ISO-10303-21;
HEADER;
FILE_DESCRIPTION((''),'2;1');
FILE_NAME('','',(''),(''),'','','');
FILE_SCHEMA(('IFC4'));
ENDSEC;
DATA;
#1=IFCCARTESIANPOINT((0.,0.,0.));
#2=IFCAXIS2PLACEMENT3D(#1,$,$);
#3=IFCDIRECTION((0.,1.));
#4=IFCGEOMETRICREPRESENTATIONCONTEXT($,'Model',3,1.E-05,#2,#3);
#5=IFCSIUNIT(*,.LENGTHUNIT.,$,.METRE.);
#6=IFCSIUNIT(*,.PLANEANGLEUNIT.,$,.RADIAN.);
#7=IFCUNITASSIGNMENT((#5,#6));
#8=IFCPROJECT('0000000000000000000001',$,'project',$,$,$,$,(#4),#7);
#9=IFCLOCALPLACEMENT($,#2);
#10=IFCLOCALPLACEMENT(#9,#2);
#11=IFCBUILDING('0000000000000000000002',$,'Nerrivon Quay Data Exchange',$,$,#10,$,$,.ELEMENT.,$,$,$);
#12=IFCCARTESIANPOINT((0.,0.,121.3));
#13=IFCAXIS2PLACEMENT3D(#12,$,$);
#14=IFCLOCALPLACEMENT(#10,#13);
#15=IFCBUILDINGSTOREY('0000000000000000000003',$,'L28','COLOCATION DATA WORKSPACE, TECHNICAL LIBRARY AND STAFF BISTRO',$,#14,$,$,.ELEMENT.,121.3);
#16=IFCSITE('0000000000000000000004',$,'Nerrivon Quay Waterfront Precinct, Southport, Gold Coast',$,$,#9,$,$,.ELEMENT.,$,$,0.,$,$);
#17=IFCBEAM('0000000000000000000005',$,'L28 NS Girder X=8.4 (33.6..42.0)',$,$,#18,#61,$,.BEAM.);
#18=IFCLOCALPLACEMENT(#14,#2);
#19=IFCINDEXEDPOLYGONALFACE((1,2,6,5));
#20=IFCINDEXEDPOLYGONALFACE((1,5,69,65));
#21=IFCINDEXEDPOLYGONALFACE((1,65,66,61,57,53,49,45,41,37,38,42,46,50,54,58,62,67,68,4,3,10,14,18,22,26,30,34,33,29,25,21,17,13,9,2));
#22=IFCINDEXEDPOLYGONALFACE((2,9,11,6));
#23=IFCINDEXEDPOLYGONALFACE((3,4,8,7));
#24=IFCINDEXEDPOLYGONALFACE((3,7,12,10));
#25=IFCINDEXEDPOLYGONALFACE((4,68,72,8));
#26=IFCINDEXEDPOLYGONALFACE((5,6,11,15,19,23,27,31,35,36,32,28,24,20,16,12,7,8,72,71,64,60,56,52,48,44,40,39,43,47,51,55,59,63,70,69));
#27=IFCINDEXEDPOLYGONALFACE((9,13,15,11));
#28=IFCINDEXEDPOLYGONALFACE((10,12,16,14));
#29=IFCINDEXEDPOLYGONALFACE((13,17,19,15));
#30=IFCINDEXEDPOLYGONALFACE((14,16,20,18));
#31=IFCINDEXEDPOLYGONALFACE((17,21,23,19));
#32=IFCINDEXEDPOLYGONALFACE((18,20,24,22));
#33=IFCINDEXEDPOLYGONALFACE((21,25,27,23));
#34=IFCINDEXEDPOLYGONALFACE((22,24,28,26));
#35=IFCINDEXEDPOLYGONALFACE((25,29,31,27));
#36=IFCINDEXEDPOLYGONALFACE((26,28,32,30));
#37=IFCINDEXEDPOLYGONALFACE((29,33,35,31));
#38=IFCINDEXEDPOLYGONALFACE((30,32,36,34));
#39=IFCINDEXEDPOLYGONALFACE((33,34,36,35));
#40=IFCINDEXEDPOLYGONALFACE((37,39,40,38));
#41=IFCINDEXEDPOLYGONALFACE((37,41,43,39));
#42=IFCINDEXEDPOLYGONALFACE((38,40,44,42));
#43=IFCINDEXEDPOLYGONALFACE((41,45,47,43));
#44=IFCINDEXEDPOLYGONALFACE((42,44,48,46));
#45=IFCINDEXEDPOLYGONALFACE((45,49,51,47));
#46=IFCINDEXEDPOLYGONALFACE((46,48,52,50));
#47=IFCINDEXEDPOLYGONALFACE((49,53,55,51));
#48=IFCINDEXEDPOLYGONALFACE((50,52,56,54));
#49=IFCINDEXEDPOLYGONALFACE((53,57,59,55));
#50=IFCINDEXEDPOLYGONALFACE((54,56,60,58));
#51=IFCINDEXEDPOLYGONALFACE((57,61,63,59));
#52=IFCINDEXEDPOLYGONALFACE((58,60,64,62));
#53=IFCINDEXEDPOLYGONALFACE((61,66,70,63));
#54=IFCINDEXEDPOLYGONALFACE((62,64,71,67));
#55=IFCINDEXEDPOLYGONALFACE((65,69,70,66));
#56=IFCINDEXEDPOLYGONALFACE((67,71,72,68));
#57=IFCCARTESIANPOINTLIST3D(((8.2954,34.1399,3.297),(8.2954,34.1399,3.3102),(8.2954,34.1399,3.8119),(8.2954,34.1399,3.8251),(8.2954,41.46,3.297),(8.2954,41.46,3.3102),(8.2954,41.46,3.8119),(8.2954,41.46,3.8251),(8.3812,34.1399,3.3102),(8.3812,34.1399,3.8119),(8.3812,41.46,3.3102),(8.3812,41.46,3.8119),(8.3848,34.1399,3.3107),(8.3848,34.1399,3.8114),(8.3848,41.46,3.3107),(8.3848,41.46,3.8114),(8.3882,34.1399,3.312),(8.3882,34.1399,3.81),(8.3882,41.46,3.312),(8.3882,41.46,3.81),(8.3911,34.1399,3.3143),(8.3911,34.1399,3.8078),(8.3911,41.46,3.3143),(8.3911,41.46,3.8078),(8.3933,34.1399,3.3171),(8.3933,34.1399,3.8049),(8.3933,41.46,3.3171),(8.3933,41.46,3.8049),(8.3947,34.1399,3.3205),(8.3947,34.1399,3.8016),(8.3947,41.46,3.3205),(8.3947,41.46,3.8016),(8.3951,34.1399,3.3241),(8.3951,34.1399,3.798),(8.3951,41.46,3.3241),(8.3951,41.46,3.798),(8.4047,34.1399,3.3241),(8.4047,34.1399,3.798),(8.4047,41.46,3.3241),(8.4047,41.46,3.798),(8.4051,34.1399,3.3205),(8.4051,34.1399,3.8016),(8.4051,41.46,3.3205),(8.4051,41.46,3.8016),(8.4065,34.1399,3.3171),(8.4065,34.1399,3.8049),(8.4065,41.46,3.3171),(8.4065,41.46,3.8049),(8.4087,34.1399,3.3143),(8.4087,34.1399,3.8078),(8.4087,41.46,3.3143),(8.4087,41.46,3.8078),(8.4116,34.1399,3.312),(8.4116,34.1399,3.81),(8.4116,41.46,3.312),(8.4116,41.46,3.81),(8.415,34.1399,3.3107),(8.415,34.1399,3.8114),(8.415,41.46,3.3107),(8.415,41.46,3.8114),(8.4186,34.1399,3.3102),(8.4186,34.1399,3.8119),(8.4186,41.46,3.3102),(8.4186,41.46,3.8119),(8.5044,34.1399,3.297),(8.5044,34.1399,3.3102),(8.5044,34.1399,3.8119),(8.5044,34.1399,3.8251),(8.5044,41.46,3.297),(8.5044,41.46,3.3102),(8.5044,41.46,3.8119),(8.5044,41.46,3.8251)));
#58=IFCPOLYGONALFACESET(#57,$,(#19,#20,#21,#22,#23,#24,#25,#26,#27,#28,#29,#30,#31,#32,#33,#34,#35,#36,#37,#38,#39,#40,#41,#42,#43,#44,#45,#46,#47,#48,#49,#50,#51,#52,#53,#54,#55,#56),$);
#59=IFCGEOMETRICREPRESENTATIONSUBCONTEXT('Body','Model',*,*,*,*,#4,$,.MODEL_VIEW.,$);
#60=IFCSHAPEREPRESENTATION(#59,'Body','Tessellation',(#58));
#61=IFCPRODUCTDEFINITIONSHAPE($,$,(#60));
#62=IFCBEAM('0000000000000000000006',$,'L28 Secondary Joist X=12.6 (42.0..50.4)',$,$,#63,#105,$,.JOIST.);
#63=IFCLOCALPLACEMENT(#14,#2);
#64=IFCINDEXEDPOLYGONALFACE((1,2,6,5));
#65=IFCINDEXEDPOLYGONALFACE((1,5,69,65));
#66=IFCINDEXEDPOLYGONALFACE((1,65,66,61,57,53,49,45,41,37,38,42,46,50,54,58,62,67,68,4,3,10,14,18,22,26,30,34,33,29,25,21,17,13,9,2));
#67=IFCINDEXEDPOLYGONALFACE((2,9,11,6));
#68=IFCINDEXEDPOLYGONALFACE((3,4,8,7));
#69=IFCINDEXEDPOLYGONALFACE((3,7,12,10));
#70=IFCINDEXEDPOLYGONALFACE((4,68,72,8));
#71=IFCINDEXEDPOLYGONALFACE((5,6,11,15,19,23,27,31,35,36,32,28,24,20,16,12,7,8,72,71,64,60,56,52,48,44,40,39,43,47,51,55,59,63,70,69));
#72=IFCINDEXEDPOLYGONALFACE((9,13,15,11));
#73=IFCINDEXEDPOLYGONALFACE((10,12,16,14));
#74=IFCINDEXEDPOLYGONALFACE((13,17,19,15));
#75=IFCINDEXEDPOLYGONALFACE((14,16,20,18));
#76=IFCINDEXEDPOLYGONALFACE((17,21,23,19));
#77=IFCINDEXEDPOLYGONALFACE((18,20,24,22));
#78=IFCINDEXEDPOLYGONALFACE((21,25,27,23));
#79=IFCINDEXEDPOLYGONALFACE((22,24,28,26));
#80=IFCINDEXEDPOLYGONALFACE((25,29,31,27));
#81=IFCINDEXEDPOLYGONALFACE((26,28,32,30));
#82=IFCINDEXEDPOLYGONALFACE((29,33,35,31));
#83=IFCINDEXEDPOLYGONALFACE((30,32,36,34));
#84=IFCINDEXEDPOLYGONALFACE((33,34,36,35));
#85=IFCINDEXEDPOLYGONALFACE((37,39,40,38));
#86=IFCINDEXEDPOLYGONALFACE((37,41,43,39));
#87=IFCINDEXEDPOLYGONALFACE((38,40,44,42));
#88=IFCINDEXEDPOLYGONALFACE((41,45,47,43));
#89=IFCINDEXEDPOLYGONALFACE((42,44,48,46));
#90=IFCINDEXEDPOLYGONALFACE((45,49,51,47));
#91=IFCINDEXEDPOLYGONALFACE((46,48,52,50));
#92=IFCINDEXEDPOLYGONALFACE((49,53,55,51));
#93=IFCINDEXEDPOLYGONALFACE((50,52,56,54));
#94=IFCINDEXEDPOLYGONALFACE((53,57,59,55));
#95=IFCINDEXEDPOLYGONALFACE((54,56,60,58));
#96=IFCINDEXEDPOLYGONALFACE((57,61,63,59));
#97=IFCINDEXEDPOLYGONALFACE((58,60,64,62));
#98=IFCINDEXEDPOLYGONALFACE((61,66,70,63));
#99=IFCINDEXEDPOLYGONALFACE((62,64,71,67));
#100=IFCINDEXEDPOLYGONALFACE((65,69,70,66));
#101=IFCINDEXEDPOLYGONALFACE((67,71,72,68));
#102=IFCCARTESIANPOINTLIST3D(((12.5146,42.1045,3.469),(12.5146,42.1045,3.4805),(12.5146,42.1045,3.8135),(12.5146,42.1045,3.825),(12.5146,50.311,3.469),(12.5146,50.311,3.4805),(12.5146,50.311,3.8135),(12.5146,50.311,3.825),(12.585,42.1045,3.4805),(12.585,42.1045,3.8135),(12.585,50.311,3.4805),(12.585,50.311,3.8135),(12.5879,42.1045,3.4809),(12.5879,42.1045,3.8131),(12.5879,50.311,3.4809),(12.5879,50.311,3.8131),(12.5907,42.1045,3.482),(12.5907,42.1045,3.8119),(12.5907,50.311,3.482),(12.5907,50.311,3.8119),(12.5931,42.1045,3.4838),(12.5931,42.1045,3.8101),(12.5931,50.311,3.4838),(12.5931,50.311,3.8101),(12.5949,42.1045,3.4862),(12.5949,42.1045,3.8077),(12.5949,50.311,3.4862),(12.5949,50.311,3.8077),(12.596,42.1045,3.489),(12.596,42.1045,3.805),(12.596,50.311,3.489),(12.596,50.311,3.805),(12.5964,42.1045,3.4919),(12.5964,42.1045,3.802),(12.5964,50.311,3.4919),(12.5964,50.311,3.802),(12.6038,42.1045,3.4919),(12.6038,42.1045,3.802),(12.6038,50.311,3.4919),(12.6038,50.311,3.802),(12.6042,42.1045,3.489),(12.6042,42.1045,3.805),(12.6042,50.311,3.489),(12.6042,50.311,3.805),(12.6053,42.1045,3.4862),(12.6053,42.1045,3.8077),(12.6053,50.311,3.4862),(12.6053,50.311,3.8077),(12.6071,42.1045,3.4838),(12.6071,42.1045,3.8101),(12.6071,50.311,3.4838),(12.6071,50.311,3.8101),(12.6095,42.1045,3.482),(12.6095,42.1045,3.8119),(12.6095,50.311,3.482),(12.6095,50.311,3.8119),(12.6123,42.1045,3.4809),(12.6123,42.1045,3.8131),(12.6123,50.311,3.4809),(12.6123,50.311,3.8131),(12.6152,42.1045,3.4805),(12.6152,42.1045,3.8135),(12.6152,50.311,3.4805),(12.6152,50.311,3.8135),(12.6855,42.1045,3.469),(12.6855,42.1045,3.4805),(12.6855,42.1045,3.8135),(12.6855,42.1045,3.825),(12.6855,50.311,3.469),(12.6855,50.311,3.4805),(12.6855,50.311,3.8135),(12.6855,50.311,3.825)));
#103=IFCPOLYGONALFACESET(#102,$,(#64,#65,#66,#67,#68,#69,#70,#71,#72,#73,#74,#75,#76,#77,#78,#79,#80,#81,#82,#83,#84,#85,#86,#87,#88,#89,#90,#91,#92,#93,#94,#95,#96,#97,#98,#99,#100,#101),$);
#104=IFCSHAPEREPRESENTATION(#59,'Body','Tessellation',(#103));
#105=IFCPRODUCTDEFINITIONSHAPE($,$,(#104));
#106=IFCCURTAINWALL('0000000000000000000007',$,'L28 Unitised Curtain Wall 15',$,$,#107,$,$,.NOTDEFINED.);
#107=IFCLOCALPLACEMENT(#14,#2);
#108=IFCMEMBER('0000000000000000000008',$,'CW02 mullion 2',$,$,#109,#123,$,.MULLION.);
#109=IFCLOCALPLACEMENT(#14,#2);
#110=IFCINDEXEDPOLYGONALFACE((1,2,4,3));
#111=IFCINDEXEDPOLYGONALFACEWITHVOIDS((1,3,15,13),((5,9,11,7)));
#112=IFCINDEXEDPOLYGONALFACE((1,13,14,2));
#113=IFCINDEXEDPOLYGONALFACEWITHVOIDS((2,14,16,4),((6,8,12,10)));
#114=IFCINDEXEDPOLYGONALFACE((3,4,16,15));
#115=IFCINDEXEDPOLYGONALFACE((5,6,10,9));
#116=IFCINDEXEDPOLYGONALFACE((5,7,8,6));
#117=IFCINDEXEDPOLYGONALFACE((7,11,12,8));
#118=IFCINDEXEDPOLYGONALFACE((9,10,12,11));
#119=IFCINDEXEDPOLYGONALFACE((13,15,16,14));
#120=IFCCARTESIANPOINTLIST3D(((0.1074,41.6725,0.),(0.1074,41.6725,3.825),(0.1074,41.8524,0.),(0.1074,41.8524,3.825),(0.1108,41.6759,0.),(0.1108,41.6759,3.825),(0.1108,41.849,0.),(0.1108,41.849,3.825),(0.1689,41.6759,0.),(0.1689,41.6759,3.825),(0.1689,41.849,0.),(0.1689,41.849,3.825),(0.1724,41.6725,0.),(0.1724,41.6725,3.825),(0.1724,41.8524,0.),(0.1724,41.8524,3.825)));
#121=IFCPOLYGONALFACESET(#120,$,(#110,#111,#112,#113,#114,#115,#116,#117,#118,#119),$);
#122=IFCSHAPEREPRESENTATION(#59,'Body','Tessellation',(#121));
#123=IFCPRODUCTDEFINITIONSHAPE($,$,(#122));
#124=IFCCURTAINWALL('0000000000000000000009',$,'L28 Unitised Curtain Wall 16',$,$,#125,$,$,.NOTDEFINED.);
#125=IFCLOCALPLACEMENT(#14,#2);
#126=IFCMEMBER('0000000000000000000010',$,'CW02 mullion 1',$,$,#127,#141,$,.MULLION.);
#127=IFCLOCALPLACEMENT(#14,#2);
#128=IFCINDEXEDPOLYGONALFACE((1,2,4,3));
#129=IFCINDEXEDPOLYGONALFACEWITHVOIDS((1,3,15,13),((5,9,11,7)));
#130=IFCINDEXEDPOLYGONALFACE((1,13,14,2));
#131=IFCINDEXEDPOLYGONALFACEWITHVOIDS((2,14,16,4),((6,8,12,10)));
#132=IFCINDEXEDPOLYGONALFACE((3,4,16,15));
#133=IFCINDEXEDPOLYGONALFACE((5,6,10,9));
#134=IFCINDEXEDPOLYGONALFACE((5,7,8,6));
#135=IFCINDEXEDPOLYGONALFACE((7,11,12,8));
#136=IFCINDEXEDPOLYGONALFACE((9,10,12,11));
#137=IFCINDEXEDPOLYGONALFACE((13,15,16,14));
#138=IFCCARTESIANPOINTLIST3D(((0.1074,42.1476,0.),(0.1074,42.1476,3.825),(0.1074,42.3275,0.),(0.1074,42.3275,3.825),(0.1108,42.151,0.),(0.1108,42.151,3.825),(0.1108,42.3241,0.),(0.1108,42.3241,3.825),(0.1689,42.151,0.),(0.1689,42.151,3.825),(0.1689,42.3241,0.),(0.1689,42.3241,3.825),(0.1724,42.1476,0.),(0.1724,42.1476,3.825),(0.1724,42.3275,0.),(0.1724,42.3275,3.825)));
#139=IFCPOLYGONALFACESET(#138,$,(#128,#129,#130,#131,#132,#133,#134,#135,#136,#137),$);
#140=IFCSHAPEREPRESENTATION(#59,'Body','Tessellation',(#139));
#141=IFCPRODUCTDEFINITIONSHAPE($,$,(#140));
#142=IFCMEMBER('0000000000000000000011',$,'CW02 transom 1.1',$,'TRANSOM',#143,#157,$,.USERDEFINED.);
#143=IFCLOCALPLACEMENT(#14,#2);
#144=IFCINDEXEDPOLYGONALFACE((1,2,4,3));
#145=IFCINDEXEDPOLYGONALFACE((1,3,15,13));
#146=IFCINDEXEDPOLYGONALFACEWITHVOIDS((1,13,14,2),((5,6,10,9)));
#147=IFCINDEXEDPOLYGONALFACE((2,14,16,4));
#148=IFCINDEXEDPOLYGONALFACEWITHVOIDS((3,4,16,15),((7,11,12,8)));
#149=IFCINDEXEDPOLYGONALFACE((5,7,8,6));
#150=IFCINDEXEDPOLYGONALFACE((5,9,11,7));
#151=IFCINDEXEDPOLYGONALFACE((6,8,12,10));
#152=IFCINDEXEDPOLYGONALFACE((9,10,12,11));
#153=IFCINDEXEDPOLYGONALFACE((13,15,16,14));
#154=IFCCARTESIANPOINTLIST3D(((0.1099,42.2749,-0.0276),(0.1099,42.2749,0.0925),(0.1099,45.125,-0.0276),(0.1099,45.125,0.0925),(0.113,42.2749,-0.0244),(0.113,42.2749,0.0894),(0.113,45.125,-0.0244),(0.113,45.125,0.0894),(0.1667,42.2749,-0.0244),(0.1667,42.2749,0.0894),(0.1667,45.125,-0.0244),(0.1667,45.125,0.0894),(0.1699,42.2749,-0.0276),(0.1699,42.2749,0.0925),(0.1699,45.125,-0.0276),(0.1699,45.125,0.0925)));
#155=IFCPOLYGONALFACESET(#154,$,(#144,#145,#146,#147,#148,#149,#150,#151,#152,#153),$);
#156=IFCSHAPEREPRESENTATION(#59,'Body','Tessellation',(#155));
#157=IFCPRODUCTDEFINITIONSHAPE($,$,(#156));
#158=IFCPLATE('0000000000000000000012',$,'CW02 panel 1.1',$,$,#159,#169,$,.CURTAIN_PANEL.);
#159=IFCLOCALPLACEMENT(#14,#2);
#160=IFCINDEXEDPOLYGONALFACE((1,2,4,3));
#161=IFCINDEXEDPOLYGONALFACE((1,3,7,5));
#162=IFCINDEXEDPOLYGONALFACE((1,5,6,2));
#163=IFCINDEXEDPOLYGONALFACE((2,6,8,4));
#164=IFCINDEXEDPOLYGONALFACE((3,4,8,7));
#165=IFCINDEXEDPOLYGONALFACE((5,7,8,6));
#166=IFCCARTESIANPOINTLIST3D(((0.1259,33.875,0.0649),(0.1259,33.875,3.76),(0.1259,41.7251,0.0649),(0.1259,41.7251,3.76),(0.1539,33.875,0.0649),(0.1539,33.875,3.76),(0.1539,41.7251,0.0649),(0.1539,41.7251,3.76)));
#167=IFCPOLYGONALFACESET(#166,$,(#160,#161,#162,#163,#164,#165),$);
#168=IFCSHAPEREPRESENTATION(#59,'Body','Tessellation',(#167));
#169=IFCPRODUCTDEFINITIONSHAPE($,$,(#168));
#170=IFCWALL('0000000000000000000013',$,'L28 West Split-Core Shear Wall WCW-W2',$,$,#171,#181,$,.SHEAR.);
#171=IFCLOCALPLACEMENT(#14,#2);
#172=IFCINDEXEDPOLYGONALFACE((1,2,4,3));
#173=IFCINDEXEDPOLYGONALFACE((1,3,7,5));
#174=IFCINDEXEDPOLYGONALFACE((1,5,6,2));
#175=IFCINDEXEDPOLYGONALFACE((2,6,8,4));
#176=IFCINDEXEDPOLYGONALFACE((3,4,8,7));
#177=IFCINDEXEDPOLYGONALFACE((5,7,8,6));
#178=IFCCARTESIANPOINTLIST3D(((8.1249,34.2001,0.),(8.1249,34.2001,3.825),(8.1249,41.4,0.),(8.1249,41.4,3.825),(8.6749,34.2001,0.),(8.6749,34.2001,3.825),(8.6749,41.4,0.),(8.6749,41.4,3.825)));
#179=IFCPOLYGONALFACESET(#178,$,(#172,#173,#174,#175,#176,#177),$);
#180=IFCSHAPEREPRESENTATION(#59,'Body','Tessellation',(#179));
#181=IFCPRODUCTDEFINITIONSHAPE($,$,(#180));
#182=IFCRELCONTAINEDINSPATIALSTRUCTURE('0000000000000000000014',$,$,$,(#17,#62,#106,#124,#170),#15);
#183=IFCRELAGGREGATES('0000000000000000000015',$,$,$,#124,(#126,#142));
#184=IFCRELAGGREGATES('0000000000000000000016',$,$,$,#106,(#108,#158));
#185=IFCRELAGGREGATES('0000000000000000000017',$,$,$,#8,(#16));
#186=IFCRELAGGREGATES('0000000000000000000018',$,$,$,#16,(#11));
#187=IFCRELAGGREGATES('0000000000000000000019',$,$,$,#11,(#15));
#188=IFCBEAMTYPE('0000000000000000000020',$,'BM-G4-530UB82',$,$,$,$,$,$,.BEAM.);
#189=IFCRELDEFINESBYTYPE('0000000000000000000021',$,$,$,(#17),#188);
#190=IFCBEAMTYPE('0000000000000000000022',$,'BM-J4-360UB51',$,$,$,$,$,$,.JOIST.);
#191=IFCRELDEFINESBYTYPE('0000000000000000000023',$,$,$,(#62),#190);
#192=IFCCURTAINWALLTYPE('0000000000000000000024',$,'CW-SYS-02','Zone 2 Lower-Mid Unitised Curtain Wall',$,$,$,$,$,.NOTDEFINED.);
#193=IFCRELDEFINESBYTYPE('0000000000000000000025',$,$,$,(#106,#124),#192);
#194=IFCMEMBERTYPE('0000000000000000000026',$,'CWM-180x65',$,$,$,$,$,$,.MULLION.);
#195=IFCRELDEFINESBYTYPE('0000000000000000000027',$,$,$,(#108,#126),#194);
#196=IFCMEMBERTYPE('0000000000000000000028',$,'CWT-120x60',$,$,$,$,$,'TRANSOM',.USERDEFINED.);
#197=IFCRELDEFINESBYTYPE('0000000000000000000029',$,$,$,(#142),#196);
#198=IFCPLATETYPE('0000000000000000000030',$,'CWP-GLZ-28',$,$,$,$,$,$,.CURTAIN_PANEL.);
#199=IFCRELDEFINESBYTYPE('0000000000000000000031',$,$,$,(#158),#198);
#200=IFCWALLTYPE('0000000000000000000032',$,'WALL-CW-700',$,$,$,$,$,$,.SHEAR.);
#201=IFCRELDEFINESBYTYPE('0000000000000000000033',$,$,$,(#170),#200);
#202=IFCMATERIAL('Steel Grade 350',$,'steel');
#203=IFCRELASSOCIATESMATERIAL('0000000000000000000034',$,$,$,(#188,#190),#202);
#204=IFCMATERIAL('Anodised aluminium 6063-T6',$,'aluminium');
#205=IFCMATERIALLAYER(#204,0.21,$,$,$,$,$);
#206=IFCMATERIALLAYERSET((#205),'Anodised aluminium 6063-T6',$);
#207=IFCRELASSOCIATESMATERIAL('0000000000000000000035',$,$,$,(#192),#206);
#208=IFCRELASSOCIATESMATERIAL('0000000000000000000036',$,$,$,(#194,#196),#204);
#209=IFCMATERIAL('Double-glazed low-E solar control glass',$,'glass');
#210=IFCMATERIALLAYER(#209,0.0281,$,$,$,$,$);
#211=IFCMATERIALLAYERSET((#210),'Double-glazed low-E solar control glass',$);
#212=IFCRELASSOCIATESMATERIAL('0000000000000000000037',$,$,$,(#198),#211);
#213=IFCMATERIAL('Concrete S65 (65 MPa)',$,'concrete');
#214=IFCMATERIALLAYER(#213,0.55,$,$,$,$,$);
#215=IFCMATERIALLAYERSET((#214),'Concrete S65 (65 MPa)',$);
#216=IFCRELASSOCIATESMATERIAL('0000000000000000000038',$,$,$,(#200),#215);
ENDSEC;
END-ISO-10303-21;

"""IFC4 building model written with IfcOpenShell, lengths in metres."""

from ifc_helpers import new_model, si_unit, direction, frame, frame_2d, origin, origin_2d, place, context, subcontext, project, spatial, rectangle, hollow_rectangle, i_section, extrude, material, layer, layer_set, material_profile, profile_set, type_object, element, aggregate, save


model = new_model("IFC4")

# Units and contexts
model_context = context("Model", 3, precision=1e-05, world=origin(), true_north=direction((0.0, 1.0)))
body_context = subcontext(model_context, "Body", "Model", "MODEL_VIEW")
ifc_project = project(units=[si_unit("LENGTHUNIT", "METRE"), si_unit("PLANEANGLEUNIT", "RADIAN")], contexts=[model_context])

# Site, building, storey
site_placement = place(None, origin())
site = spatial("IfcSite", under=ifc_project, at=site_placement, Name="Nerrivon Quay Waterfront Precinct, Southport, Gold Coast", CompositionType="ELEMENT", RefElevation=0.0)
building_placement = place(site_placement, origin())
building = spatial("IfcBuilding", under=site, at=building_placement, Name="Nerrivon Quay Data Exchange", CompositionType="ELEMENT")
storey_placement = place(building_placement, frame((0.0, 0.0, 121.3)))
storey = spatial("IfcBuildingStorey", under=building, at=storey_placement, Name="L28", Description="COLOCATION DATA WORKSPACE, TECHNICAL LIBRARY AND STAFF BISTRO", CompositionType="ELEMENT", Elevation=121.3)

# Shared definitions
ifc_material_1 = material(Name="Concrete S65 (65 MPa)", Category="concrete")
ifc_material_2 = material(Name="Steel Grade 350", Category="steel")

# Beams
ifc_material_profile_1 = material_profile(ifc_material_2, i_section(OverallWidth=0.209, OverallDepth=0.5281, WebThickness=0.0095, FlangeThickness=0.0132, FilletRadius=0.0139, at=origin_2d()), Name="530UB82.0")
ifc_profile_set_1 = profile_set([ifc_material_profile_1], Name="Steel Grade 350")
beam_type_1 = type_object("IfcBeamType", Name="BM-G4-530UB82", PredefinedType="BEAM", material=ifc_profile_set_1)
beam_1_placement = place(storey_placement, frame((8.3999, 34.1399, 3.561), z_axis=(0.0, 1.0, 0.0), x_axis=(-1.0, 0.0, 0.0)))
element("IfcBeam", 1, at=beam_1_placement, inside=storey, type_object=beam_type_1, Name="L28 NS Girder X=8.4 (33.6..42.0)", PredefinedType="BEAM", context=body_context, shape_type="SweptSolid", body=[
    extrude(i_section(OverallWidth=0.209, OverallDepth=0.5281, WebThickness=0.0095, FlangeThickness=0.0132, FilletRadius=0.0139, at=origin_2d()), origin(), (0.0, 0.0, 1.0), 7.3201),
])
ifc_material_profile_2 = material_profile(ifc_material_2, i_section(OverallWidth=0.1709, OverallDepth=0.356, WebThickness=0.0073, FlangeThickness=0.0115, FilletRadius=0.0115, at=origin_2d()), Name="360UB50.7")
ifc_profile_set_2 = profile_set([ifc_material_profile_2], Name="Steel Grade 350")
beam_type_2 = type_object("IfcBeamType", Name="BM-J4-360UB51", PredefinedType="JOIST", material=ifc_profile_set_2)
beam_2_placement = place(storey_placement, frame((12.6001, 42.1045, 3.647), z_axis=(0.0, 1.0, 0.0), x_axis=(-1.0, 0.0, 0.0)))
element("IfcBeam", 2, at=beam_2_placement, inside=storey, type_object=beam_type_2, Name="L28 Secondary Joist X=12.6 (42.0..50.4)", PredefinedType="JOIST", context=body_context, shape_type="SweptSolid", body=[
    extrude(i_section(OverallWidth=0.1709, OverallDepth=0.356, WebThickness=0.0073, FlangeThickness=0.0115, FilletRadius=0.0115, at=origin_2d()), origin(), (0.0, 0.0, 1.0), 8.2065),
])

# Curtain wall, member
ifc_material_3 = material(Name="Anodised aluminium 6063-T6", Category="aluminium")
ifc_layer_1 = layer(ifc_material_3, 0.21)
ifc_layer_set_1 = layer_set([ifc_layer_1], Name="Anodised aluminium 6063-T6")
curtain_wall_type = type_object("IfcCurtainWallType", Name="CW-SYS-02", Description="Zone 2 Lower-Mid Unitised Curtain Wall", PredefinedType="NOTDEFINED", material=ifc_layer_set_1)
curtain_wall_1_placement = place(storey_placement, origin())
curtain_wall_1 = element("IfcCurtainWall", 3, at=curtain_wall_1_placement, inside=storey, type_object=curtain_wall_type, Name="L28 Unitised Curtain Wall 15", PredefinedType="NOTDEFINED")
ifc_material_profile_3 = material_profile(ifc_material_3, hollow_rectangle(XDim=0.0649, YDim=0.1799, WallThickness=0.0034, at=origin_2d()), Name="ALU-MULL-180x65")
ifc_profile_set_3 = profile_set([ifc_material_profile_3], Name="Anodised aluminium 6063-T6")
member_type_1 = type_object("IfcMemberType", Name="CWM-180x65", PredefinedType="MULLION", material=ifc_profile_set_3)
member_1_placement = place(storey_placement, frame((0.1399, 41.7625, 0.0), z_axis=(0.0, 0.0, 1.0), x_axis=(-1.0, 0.0, 0.0)))
member_1 = element("IfcMember", 4, at=member_1_placement, type_object=member_type_1, Name="CW02 mullion 2", PredefinedType="MULLION", context=body_context, shape_type="SweptSolid", body=[
    extrude(hollow_rectangle(XDim=0.0649, YDim=0.1799, WallThickness=0.0034, at=origin_2d()), origin(), (0.0, 0.0, 1.0), 3.825),
])

# Curtain wall, members
curtain_wall_2_placement = place(storey_placement, origin())
curtain_wall_2 = element("IfcCurtainWall", 5, at=curtain_wall_2_placement, inside=storey, type_object=curtain_wall_type, Name="L28 Unitised Curtain Wall 16", PredefinedType="NOTDEFINED")
member_2_placement = place(storey_placement, frame((0.1399, 42.2375, 0.0), z_axis=(0.0, 0.0, 1.0), x_axis=(-1.0, 0.0, 0.0)))
member_2 = element("IfcMember", 6, at=member_2_placement, type_object=member_type_1, Name="CW02 mullion 1", PredefinedType="MULLION", context=body_context, shape_type="SweptSolid", body=[
    extrude(hollow_rectangle(XDim=0.0649, YDim=0.1799, WallThickness=0.0034, at=origin_2d()), origin(), (0.0, 0.0, 1.0), 3.825),
])
ifc_material_profile_4 = material_profile(ifc_material_3, hollow_rectangle(XDim=0.0601, YDim=0.1201, WallThickness=0.0032, at=origin_2d()), Name="ALU-TRAN-120x60")
ifc_profile_set_4 = profile_set([ifc_material_profile_4], Name="Anodised aluminium 6063-T6")
member_type_2 = type_object("IfcMemberType", Name="CWT-120x60", ElementType="TRANSOM", PredefinedType="USERDEFINED", material=ifc_profile_set_4)
member_3_placement = place(storey_placement, frame((0.1399, 42.2749, 0.0325), z_axis=(0.0, 1.0, 0.0), x_axis=(-1.0, 0.0, 0.0)))
member_3 = element("IfcMember", 7, at=member_3_placement, type_object=member_type_2, Name="CW02 transom 1.1", ObjectType="TRANSOM", PredefinedType="USERDEFINED", context=body_context, shape_type="SweptSolid", body=[
    extrude(hollow_rectangle(XDim=0.0601, YDim=0.1201, WallThickness=0.0032, at=origin_2d()), origin(), (0.0, 0.0, 1.0), 2.8501),
])
aggregate(curtain_wall_2, [member_2, member_3])

# Plate
ifc_material_4 = material(Name="Double-glazed low-E solar control glass", Category="glass")
ifc_layer_2 = layer(ifc_material_4, 0.0281)
ifc_layer_set_2 = layer_set([ifc_layer_2], Name="Double-glazed low-E solar control glass")
plate_type = type_object("IfcPlateType", Name="CWP-GLZ-28", PredefinedType="CURTAIN_PANEL", material=ifc_layer_set_2)
plate_placement = place(storey_placement, frame((0.1399, 37.8, 0.0649), z_axis=(0.0, 0.0, 1.0), x_axis=(0.0, 1.0, 0.0)))
plate = element("IfcPlate", 8, at=plate_placement, type_object=plate_type, Name="CW02 panel 1.1", PredefinedType="CURTAIN_PANEL", context=body_context, shape_type="SweptSolid", body=[
    extrude(rectangle(XDim=7.8501, YDim=0.0281, at=origin_2d()), origin(), (0.0, 0.0, 1.0), 3.6951),
])
aggregate(curtain_wall_1, [member_1, plate])

# Wall
ifc_layer_3 = layer(ifc_material_1, 0.55)
ifc_layer_set_3 = layer_set([ifc_layer_3], Name="Concrete S65 (65 MPa)")
wall_type_1 = type_object("IfcWallType", Name="WALL-CW-700", PredefinedType="SHEAR", material=ifc_layer_set_3)
wall_1_placement = place(storey_placement, frame((8.3999, 34.2, 0.0), z_axis=(0.0, 0.0, 1.0), x_axis=(0.0, 1.0, 0.0)))
element("IfcWall", 9, at=wall_1_placement, inside=storey, type_object=wall_type_1, Name="L28 West Split-Core Shear Wall WCW-W2", PredefinedType="SHEAR", context=body_context, shape_type="SweptSolid", body=[
    extrude(rectangle(XDim=7.2, YDim=0.55, at=frame_2d((3.6001, 0.0))), origin(), (0.0, 0.0, 1.0), 3.825),
])

save(model, "model.ifc")
